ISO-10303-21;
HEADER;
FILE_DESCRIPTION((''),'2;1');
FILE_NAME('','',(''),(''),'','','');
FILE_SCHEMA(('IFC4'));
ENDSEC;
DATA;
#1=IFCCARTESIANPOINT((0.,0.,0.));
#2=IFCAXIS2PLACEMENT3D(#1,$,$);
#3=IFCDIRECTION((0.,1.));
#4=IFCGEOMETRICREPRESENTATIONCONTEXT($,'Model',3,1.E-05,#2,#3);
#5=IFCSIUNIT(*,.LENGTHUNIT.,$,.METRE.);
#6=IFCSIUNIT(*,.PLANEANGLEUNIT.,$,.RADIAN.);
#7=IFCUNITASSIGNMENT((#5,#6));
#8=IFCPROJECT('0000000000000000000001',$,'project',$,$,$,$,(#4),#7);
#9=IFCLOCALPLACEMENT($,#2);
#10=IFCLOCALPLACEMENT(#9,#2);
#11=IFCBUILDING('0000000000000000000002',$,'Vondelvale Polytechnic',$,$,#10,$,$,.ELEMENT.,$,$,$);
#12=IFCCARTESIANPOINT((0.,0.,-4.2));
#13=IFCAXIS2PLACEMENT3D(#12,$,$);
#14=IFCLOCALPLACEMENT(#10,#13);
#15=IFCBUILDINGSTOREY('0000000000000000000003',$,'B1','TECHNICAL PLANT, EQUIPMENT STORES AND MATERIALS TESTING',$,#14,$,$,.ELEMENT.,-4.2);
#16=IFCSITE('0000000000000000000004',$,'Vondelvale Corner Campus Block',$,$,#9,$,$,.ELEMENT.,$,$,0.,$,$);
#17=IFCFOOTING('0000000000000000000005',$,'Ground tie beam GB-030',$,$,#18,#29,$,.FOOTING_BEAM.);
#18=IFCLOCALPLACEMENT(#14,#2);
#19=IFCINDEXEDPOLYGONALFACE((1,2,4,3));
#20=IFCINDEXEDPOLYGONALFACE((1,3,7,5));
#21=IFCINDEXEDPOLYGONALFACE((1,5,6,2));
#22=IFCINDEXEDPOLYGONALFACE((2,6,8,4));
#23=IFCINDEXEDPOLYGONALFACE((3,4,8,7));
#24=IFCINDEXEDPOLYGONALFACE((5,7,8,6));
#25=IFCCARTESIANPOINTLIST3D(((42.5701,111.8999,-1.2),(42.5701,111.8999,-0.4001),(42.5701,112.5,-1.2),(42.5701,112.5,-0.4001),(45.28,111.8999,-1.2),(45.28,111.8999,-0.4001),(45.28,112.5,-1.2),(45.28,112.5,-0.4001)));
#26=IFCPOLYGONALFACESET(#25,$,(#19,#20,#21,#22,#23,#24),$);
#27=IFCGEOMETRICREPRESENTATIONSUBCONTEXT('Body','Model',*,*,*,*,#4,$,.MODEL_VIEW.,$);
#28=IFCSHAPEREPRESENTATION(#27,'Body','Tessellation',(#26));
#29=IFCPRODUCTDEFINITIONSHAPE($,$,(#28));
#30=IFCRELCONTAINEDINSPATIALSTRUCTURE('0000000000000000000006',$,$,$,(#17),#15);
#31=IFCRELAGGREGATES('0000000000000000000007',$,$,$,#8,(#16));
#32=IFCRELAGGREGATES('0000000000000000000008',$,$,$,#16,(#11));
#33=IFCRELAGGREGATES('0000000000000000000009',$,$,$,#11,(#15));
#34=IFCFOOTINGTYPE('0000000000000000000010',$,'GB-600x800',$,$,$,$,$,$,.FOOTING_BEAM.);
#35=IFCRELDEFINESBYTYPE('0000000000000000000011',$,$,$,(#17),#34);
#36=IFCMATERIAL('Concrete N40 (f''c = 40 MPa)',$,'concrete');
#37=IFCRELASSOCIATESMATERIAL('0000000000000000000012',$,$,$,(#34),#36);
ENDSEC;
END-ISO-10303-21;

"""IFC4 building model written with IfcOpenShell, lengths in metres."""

from ifc_helpers import new_model, si_unit, direction, frame, origin, place, context, subcontext, project, spatial, polyline, outline, extrude, material, type_object, element, save


model = new_model("IFC4")

# Units and contexts
model_context = context("Model", 3, precision=1e-05, world=origin(), true_north=direction((0.0, 1.0)))
body_context = subcontext(model_context, "Body", "Model", "MODEL_VIEW")
ifc_project = project(units=[si_unit("LENGTHUNIT", "METRE"), si_unit("PLANEANGLEUNIT", "RADIAN")], contexts=[model_context])

# Site, building, storey
site_placement = place(None, origin())
site = spatial("IfcSite", under=ifc_project, at=site_placement, Name="Vondelvale Corner Campus Block", CompositionType="ELEMENT", RefElevation=0.0)
building_placement = place(site_placement, origin())
building = spatial("IfcBuilding", under=site, at=building_placement, Name="Vondelvale Polytechnic", CompositionType="ELEMENT")
storey_placement = place(building_placement, frame((0.0, 0.0, -4.2)))
storey = spatial("IfcBuildingStorey", under=building, at=storey_placement, Name="B1", Description="TECHNICAL PLANT, EQUIPMENT STORES AND MATERIALS TESTING", CompositionType="ELEMENT", Elevation=-4.2)

# Footing
ifc_material = material(Name="Concrete N40 (f'c = 40 MPa)", Category="concrete")
footing_type_1 = type_object("IfcFootingType", Name="GB-600x800", PredefinedType="FOOTING_BEAM", material=ifc_material)
footing_1_placement = place(storey_placement, frame((0.0, 0.0, -1.2)))
element("IfcFooting", 1, at=footing_1_placement, inside=storey, type_object=footing_type_1, Name="Ground tie beam GB-030", PredefinedType="FOOTING_BEAM", context=body_context, shape_type="SweptSolid", body=[
    extrude(outline(polyline([(42.5701, 111.8999), (42.5701, 112.5), (45.28, 112.5), (45.28, 111.8999), (42.5701, 111.8999)])), origin(), (0.0, 0.0, 1.0), 0.7998),
])

save(model, "model.ifc")
